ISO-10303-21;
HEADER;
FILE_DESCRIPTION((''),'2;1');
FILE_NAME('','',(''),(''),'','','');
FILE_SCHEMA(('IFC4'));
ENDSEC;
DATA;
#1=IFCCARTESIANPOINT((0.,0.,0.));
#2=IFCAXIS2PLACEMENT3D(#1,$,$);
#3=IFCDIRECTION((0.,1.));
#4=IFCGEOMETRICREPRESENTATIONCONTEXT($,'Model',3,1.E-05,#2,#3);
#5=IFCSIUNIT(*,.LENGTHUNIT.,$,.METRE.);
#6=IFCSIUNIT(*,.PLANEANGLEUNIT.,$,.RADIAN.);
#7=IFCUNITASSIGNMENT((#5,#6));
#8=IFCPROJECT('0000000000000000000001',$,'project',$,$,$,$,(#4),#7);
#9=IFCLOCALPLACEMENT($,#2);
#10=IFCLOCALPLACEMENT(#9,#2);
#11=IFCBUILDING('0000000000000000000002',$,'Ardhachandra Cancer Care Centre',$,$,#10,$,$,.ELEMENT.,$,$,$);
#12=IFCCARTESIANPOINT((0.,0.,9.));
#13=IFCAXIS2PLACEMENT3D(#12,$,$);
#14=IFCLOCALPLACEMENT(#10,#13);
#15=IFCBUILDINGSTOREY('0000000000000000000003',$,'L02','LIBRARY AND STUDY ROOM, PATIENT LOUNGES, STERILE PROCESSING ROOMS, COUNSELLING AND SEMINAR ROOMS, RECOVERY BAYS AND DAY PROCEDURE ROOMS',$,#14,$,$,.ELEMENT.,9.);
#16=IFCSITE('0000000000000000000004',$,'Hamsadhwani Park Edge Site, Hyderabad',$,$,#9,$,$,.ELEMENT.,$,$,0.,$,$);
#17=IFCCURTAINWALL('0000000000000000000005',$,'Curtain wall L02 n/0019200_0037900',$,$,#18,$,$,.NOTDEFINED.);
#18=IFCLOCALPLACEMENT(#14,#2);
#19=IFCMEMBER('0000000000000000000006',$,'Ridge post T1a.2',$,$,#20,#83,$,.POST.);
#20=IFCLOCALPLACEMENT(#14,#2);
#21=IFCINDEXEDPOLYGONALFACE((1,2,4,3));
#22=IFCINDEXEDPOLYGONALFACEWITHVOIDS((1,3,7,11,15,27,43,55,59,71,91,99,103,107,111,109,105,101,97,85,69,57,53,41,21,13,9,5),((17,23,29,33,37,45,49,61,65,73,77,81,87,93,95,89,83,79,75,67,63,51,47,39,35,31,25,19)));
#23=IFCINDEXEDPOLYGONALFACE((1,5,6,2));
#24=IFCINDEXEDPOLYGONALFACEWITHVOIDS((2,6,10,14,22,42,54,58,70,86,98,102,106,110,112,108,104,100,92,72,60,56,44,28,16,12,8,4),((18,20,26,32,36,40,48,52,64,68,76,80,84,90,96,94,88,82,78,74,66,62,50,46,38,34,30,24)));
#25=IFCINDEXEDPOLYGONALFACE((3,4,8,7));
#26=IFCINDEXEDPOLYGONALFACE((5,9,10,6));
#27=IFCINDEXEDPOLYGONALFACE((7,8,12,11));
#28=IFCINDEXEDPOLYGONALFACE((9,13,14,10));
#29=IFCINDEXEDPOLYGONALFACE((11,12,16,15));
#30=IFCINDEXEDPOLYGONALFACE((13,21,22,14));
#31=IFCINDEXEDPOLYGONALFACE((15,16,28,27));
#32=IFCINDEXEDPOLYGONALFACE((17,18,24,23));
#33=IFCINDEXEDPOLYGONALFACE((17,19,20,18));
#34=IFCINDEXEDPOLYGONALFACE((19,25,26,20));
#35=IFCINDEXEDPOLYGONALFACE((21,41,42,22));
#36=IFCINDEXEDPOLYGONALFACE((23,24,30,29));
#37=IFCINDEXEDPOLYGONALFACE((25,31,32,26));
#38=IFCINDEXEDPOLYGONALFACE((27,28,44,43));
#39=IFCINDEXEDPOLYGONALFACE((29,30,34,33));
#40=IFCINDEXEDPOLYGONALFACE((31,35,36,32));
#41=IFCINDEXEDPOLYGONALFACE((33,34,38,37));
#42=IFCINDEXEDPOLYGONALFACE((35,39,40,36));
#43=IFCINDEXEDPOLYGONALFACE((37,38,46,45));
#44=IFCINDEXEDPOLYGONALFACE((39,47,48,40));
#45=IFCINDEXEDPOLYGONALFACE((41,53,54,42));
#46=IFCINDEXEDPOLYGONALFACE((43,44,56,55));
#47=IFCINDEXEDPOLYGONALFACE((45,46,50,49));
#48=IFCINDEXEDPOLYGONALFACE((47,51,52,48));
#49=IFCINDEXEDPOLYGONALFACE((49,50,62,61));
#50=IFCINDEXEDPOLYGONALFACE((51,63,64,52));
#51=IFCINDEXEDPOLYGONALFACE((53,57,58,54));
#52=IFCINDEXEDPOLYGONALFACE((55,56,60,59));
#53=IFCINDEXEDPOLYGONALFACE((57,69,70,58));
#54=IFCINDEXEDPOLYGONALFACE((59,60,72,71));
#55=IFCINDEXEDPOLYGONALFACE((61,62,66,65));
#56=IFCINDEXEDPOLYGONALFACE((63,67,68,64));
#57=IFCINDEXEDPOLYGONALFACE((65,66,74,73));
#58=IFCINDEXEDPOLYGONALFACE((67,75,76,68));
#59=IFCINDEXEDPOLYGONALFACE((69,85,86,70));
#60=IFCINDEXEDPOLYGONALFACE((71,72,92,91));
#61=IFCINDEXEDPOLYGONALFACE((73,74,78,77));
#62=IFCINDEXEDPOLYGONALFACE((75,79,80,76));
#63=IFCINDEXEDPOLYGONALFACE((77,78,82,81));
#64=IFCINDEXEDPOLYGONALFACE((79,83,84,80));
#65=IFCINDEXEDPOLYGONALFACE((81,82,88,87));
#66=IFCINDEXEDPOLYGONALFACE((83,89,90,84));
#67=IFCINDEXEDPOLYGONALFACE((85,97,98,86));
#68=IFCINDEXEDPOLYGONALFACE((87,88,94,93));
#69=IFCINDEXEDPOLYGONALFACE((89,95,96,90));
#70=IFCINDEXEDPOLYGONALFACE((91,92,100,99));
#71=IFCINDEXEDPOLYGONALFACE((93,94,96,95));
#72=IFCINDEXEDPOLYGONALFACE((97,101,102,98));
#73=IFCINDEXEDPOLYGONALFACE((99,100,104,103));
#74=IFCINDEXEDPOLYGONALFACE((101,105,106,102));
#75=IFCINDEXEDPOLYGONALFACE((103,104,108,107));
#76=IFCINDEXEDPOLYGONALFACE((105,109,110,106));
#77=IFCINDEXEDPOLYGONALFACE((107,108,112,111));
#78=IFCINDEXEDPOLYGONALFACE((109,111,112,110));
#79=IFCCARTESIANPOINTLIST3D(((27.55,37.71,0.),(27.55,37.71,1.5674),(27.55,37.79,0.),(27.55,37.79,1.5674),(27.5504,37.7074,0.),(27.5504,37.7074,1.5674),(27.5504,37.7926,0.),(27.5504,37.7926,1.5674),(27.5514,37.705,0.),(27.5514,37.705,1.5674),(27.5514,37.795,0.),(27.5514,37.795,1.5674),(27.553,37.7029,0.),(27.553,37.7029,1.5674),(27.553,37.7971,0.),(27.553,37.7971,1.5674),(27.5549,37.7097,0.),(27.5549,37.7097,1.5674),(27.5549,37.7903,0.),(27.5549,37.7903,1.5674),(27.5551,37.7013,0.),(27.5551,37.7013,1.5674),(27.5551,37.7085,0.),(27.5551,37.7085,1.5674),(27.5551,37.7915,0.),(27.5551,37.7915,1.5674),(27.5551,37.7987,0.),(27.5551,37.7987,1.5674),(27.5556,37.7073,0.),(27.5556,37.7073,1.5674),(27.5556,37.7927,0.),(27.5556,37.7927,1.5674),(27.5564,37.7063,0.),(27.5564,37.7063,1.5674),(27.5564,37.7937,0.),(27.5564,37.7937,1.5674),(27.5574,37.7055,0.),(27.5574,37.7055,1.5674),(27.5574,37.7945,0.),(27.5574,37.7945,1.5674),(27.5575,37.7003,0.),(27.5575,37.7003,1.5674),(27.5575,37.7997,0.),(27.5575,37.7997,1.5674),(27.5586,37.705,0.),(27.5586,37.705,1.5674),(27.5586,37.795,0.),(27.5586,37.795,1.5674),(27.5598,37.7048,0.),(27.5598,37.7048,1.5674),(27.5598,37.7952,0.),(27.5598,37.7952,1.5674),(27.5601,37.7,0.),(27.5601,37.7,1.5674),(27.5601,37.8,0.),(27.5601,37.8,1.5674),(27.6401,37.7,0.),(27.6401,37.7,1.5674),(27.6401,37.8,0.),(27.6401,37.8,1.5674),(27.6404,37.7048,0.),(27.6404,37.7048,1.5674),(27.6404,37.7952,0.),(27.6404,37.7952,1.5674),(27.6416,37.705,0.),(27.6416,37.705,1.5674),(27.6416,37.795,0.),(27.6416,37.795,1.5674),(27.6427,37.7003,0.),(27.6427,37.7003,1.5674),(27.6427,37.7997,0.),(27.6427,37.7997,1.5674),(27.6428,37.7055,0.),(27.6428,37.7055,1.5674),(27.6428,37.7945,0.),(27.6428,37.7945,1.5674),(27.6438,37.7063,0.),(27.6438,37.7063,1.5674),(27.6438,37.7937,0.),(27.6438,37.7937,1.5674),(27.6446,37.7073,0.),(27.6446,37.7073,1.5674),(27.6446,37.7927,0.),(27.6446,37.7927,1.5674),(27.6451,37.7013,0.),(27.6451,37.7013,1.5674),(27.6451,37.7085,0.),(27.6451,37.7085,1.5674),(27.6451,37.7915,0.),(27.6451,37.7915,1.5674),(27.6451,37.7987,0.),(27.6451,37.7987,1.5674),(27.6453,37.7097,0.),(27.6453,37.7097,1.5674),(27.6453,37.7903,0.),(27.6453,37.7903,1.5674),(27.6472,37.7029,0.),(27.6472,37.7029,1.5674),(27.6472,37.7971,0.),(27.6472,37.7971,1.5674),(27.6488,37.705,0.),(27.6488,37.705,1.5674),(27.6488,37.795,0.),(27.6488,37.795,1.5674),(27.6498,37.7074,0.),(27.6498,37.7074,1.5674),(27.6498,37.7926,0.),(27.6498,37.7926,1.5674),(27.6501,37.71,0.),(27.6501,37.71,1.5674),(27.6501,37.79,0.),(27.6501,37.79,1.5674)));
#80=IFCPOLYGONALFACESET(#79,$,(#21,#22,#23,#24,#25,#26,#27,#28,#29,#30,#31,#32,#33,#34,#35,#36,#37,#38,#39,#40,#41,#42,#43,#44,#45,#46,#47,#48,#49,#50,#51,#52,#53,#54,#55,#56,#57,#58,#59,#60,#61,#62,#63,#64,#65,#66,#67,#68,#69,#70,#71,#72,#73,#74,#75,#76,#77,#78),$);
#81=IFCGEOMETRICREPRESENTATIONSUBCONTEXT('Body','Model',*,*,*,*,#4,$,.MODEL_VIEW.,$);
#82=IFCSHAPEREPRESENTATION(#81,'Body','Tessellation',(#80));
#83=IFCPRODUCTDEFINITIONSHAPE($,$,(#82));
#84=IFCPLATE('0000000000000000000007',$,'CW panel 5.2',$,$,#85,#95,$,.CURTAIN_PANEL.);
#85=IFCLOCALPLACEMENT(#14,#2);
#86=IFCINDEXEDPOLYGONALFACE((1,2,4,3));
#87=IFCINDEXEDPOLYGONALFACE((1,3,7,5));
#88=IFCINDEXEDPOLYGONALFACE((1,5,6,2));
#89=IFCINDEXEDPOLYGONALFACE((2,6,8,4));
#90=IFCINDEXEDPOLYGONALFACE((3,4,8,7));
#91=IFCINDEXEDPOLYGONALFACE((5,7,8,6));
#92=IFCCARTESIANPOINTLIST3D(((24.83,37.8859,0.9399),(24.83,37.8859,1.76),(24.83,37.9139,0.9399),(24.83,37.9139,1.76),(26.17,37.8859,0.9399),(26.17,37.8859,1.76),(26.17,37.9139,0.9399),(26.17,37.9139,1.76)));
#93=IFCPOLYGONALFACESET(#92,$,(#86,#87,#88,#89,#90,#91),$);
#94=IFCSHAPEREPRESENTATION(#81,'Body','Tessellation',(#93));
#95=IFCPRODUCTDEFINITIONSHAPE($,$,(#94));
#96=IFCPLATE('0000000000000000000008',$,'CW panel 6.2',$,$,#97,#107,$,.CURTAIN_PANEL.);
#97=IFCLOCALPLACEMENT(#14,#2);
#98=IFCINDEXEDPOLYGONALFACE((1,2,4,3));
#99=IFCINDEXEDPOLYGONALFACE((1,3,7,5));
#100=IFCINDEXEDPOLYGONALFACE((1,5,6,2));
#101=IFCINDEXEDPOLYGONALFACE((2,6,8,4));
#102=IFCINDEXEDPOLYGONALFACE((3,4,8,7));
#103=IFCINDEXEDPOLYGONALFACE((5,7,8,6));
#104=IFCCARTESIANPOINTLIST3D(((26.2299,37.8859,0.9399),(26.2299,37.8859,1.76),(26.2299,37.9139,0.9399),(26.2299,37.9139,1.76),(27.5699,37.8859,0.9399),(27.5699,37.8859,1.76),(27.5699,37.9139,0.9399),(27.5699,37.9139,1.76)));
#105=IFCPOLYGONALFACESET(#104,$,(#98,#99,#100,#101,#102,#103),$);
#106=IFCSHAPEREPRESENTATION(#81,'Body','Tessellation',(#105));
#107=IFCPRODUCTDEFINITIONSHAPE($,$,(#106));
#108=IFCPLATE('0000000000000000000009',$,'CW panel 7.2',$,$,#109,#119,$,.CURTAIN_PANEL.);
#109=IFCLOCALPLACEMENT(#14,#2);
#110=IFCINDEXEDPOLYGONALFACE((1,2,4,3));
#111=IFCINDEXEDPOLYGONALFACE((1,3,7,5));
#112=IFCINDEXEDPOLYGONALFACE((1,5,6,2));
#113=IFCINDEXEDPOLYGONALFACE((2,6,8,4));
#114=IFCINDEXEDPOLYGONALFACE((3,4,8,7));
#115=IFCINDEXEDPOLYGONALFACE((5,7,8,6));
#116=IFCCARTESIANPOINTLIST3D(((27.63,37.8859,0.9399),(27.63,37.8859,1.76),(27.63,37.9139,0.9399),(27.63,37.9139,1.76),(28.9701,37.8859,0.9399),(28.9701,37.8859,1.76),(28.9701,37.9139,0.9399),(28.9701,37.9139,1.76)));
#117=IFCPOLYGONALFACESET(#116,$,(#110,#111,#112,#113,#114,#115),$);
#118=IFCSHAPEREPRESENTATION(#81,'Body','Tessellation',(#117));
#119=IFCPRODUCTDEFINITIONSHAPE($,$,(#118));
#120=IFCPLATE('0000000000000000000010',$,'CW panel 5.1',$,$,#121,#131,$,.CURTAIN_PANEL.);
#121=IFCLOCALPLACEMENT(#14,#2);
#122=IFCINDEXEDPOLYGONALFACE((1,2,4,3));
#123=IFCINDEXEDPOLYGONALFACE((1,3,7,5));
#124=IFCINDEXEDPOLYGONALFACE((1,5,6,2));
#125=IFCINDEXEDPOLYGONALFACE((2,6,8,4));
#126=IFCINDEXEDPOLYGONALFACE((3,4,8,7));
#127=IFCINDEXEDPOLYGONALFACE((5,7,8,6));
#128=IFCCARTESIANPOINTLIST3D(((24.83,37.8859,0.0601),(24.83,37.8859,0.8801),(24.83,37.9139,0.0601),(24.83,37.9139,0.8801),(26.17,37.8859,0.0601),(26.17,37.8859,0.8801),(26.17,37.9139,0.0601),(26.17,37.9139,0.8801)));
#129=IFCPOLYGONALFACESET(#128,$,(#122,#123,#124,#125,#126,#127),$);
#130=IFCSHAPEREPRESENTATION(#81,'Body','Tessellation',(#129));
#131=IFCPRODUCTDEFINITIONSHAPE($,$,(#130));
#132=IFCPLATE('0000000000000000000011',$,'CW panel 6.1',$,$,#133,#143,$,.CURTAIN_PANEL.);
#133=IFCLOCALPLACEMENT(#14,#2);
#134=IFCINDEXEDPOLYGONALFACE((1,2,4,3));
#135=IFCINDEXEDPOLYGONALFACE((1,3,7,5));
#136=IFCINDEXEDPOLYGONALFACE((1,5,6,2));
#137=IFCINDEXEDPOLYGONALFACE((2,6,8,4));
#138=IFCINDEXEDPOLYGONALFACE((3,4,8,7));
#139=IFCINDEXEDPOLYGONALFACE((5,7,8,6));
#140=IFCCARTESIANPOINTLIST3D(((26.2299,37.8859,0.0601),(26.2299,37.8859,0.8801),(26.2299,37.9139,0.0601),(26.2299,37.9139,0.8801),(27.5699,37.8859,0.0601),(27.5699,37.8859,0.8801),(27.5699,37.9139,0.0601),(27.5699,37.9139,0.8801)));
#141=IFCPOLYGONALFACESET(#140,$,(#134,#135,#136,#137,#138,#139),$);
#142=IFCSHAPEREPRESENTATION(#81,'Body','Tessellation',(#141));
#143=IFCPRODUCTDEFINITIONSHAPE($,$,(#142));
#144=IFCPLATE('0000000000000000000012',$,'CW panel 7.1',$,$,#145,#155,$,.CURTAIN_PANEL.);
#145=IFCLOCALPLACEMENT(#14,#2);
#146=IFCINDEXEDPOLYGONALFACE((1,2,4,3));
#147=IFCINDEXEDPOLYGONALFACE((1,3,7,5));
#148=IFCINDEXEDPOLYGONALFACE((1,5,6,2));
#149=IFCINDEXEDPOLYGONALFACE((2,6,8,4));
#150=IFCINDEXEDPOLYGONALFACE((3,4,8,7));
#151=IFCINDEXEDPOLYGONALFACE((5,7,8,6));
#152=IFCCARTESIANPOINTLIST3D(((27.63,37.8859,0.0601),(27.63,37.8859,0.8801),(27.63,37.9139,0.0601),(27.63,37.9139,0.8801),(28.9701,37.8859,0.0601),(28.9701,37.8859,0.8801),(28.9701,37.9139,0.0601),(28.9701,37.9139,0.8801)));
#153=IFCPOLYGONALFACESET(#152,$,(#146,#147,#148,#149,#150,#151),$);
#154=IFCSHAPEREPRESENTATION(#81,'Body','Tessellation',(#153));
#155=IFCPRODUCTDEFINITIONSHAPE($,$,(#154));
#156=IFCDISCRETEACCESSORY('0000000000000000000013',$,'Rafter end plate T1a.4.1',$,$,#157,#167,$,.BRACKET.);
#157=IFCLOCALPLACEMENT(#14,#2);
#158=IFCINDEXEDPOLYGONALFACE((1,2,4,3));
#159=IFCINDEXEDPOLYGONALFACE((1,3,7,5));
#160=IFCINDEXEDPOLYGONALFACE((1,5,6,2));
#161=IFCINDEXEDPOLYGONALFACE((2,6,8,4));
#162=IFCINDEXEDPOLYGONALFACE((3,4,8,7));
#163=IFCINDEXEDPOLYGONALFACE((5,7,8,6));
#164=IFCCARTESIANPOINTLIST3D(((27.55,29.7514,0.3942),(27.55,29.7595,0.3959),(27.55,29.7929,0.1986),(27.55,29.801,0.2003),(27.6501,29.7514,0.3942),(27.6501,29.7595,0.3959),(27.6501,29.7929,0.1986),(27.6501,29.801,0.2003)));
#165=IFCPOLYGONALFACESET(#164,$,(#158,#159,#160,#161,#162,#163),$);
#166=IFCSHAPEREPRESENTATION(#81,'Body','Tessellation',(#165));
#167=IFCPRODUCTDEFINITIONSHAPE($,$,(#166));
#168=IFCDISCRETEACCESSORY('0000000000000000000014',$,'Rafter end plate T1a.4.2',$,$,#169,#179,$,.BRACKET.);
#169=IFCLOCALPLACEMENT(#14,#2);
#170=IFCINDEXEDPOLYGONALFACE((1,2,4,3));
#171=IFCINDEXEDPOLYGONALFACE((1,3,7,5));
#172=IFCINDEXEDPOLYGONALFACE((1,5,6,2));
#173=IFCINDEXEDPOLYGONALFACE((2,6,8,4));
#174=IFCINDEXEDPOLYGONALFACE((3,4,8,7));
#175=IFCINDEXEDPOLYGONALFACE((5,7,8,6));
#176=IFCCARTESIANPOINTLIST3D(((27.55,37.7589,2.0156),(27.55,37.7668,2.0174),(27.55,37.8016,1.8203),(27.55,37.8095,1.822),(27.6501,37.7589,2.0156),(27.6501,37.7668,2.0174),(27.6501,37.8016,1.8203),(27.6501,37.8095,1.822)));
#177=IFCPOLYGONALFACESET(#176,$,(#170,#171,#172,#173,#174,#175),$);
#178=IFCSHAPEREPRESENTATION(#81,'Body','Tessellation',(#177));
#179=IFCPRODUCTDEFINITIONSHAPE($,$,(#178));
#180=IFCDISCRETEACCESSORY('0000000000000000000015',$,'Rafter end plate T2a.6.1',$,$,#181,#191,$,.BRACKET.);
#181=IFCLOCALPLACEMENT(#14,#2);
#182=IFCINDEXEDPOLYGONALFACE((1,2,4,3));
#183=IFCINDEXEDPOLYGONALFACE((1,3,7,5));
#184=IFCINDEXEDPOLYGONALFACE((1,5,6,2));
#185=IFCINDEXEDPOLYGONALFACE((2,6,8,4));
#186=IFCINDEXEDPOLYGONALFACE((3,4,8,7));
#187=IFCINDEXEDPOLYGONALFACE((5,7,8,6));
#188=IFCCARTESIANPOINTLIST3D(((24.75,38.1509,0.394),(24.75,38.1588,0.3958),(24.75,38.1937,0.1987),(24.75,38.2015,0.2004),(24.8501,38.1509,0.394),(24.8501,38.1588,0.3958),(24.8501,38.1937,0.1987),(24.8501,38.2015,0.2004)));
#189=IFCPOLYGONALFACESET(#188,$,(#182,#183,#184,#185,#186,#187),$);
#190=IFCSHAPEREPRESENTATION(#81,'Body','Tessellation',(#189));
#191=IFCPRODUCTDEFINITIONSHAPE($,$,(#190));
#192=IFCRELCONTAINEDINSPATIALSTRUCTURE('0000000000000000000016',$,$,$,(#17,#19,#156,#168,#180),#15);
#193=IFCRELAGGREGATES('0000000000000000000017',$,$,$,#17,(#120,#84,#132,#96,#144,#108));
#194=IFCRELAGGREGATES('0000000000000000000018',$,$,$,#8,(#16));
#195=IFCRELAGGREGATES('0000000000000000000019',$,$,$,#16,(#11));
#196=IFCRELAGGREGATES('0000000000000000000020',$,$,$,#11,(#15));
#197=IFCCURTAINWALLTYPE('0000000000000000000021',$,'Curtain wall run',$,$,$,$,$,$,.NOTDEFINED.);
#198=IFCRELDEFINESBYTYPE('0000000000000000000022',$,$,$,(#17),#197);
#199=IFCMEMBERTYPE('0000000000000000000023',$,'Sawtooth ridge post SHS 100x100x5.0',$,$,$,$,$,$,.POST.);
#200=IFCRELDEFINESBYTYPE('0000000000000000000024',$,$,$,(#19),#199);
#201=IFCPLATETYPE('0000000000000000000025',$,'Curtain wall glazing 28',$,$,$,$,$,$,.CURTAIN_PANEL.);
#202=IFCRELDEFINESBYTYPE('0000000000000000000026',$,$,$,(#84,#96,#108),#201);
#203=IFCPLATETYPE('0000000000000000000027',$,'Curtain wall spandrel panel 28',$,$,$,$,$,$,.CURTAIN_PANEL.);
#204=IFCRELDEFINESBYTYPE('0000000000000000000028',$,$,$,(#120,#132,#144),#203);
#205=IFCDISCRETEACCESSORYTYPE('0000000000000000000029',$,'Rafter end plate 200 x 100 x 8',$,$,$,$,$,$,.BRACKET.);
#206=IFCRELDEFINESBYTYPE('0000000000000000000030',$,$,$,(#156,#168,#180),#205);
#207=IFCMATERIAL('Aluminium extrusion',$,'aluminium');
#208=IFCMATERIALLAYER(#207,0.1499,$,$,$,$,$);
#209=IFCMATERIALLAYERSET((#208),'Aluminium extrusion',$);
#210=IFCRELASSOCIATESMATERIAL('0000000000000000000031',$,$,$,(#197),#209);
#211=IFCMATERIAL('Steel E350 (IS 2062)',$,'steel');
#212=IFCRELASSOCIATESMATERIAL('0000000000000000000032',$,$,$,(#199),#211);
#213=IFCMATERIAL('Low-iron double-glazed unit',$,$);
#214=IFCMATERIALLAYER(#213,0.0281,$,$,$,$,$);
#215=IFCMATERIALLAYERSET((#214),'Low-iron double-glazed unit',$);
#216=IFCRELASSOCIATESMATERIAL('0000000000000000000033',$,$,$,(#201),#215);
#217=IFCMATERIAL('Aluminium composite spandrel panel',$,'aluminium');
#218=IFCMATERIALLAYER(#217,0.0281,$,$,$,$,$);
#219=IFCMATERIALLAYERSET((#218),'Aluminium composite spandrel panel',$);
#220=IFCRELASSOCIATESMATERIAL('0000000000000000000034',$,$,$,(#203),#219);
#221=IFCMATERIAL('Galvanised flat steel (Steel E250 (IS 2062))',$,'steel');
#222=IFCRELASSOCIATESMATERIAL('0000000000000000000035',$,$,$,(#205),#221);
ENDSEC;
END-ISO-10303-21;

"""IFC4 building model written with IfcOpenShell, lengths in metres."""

from ifc_helpers import new_model, si_unit, direction, frame, origin, origin_2d, place, context, subcontext, project, spatial, rectangle, hollow_rectangle, extrude, material, layer, layer_set, material_profile, profile_set, type_object, element, aggregate, save


model = new_model("IFC4")

# Units and contexts
model_context = context("Model", 3, precision=1e-05, world=origin(), true_north=direction((0.0, 1.0)))
body_context = subcontext(model_context, "Body", "Model", "MODEL_VIEW")
ifc_project = project(units=[si_unit("LENGTHUNIT", "METRE"), si_unit("PLANEANGLEUNIT", "RADIAN")], contexts=[model_context])

# Site, building, storey
site_placement = place(None, origin())
site = spatial("IfcSite", under=ifc_project, at=site_placement, Name="Hamsadhwani Park Edge Site, Hyderabad", CompositionType="ELEMENT", RefElevation=0.0)
building_placement = place(site_placement, origin())
building = spatial("IfcBuilding", under=site, at=building_placement, Name="Ardhachandra Cancer Care Centre", CompositionType="ELEMENT")
storey_placement = place(building_placement, frame((0.0, 0.0, 9.0)))
storey = spatial("IfcBuildingStorey", under=building, at=storey_placement, Name="L02", Description="LIBRARY AND STUDY ROOM, PATIENT LOUNGES, STERILE PROCESSING ROOMS, COUNSELLING AND SEMINAR ROOMS, RECOVERY BAYS AND DAY PROCEDURE ROOMS", CompositionType="ELEMENT", Elevation=9.0)

# Curtain wall
ifc_material_1 = material(Name="Aluminium extrusion", Category="aluminium")
ifc_layer_1 = layer(ifc_material_1, 0.1499)
ifc_layer_set_1 = layer_set([ifc_layer_1], Name="Aluminium extrusion")
curtain_wall_type = type_object("IfcCurtainWallType", Name="Curtain wall run", PredefinedType="NOTDEFINED", material=ifc_layer_set_1)
curtain_wall_placement = place(storey_placement, origin())
curtain_wall = element("IfcCurtainWall", 1, at=curtain_wall_placement, inside=storey, type_object=curtain_wall_type, Name="Curtain wall L02 n/0019200_0037900", PredefinedType="NOTDEFINED")

# Member
ifc_material_2 = material(Name="Steel E350 (IS 2062)", Category="steel")
ifc_material_profile_1 = material_profile(ifc_material_2, hollow_rectangle(XDim=0.1001, YDim=0.1001, WallThickness=0.0049, InnerFilletRadius=0.0049, OuterFilletRadius=0.01, at=origin_2d()), Name="SHS 100x100x5.0")
ifc_profile_set_1 = profile_set([ifc_material_profile_1], Name="Steel E350 (IS 2062)")
member_type_1 = type_object("IfcMemberType", Name="Sawtooth ridge post SHS 100x100x5.0", PredefinedType="POST", material=ifc_profile_set_1)
member_1_placement = place(storey_placement, frame((27.6001, 37.75, 0.0), z_axis=(0.0, 0.0, 1.0), x_axis=(1.0, 0.0, 0.0)))
element("IfcMember", 2, at=member_1_placement, inside=storey, type_object=member_type_1, Name="Ridge post T1a.2", PredefinedType="POST", context=body_context, shape_type="SweptSolid", body=[
    extrude(hollow_rectangle(XDim=0.1001, YDim=0.1001, WallThickness=0.0049, InnerFilletRadius=0.0049, OuterFilletRadius=0.01, at=origin_2d()), origin(), (0.0, 0.0, 1.0), 1.5674),
])

# Plates
ifc_material_3 = material(Name="Low-iron double-glazed unit")
ifc_layer_2 = layer(ifc_material_3, 0.0281)
ifc_layer_set_2 = layer_set([ifc_layer_2], Name="Low-iron double-glazed unit")
plate_type_1 = type_object("IfcPlateType", Name="Curtain wall glazing 28", PredefinedType="CURTAIN_PANEL", material=ifc_layer_set_2)
plate_1_placement = place(storey_placement, frame((25.5, 37.8999, 0.9399), z_axis=(0.0, 0.0, 1.0), x_axis=(1.0, 0.0, 0.0)))
plate_1 = element("IfcPlate", 3, at=plate_1_placement, type_object=plate_type_1, Name="CW panel 5.2", PredefinedType="CURTAIN_PANEL", context=body_context, shape_type="SweptSolid", body=[
    extrude(rectangle(XDim=1.3401, YDim=0.0281, at=origin_2d()), origin(), (0.0, 0.0, 1.0), 0.8201),
])
plate_2_placement = place(storey_placement, frame((26.8999, 37.8999, 0.9399), z_axis=(0.0, 0.0, 1.0), x_axis=(1.0, 0.0, 0.0)))
plate_2 = element("IfcPlate", 4, at=plate_2_placement, type_object=plate_type_1, Name="CW panel 6.2", PredefinedType="CURTAIN_PANEL", context=body_context, shape_type="SweptSolid", body=[
    extrude(rectangle(XDim=1.3401, YDim=0.0281, at=origin_2d()), origin(), (0.0, 0.0, 1.0), 0.8201),
])
plate_3_placement = place(storey_placement, frame((28.3, 37.8999, 0.9399), z_axis=(0.0, 0.0, 1.0), x_axis=(1.0, 0.0, 0.0)))
plate_3 = element("IfcPlate", 5, at=plate_3_placement, type_object=plate_type_1, Name="CW panel 7.2", PredefinedType="CURTAIN_PANEL", context=body_context, shape_type="SweptSolid", body=[
    extrude(rectangle(XDim=1.3401, YDim=0.0281, at=origin_2d()), origin(), (0.0, 0.0, 1.0), 0.8201),
])
ifc_material_4 = material(Name="Aluminium composite spandrel panel", Category="aluminium")
ifc_layer_3 = layer(ifc_material_4, 0.0281)
ifc_layer_set_3 = layer_set([ifc_layer_3], Name="Aluminium composite spandrel panel")
plate_type_2 = type_object("IfcPlateType", Name="Curtain wall spandrel panel 28", PredefinedType="CURTAIN_PANEL", material=ifc_layer_set_3)
plate_4_placement = place(storey_placement, frame((25.5, 37.8999, 0.0601), z_axis=(0.0, 0.0, 1.0), x_axis=(1.0, 0.0, 0.0)))
plate_4 = element("IfcPlate", 6, at=plate_4_placement, type_object=plate_type_2, Name="CW panel 5.1", PredefinedType="CURTAIN_PANEL", context=body_context, shape_type="SweptSolid", body=[
    extrude(rectangle(XDim=1.3401, YDim=0.0281, at=origin_2d()), origin(), (0.0, 0.0, 1.0), 0.8201),
])
plate_5_placement = place(storey_placement, frame((26.8999, 37.8999, 0.0601), z_axis=(0.0, 0.0, 1.0), x_axis=(1.0, 0.0, 0.0)))
plate_5 = element("IfcPlate", 7, at=plate_5_placement, type_object=plate_type_2, Name="CW panel 6.1", PredefinedType="CURTAIN_PANEL", context=body_context, shape_type="SweptSolid", body=[
    extrude(rectangle(XDim=1.3401, YDim=0.0281, at=origin_2d()), origin(), (0.0, 0.0, 1.0), 0.8201),
])
plate_6_placement = place(storey_placement, frame((28.3, 37.8999, 0.0601), z_axis=(0.0, 0.0, 1.0), x_axis=(1.0, 0.0, 0.0)))
plate_6 = element("IfcPlate", 8, at=plate_6_placement, type_object=plate_type_2, Name="CW panel 7.1", PredefinedType="CURTAIN_PANEL", context=body_context, shape_type="SweptSolid", body=[
    extrude(rectangle(XDim=1.3401, YDim=0.0281, at=origin_2d()), origin(), (0.0, 0.0, 1.0), 0.8201),
])
aggregate(curtain_wall, [plate_4, plate_1, plate_5, plate_2, plate_6, plate_3])

# Discrete accessories
ifc_material_5 = material(Name="Galvanised flat steel (Steel E250 (IS 2062))", Category="steel")
ifc_material_profile_2 = material_profile(ifc_material_5, rectangle(XDim=0.1001, YDim=0.2, at=origin_2d()), Name="Rafter end plate 200 x 100 x 8")
ifc_profile_set_2 = profile_set([ifc_material_profile_2], Name="Galvanised flat steel (Steel E250 (IS 2062))")
discrete_accessory_type = type_object("IfcDiscreteAccessoryType", Name="Rafter end plate 200 x 100 x 8", PredefinedType="BRACKET", material=ifc_profile_set_2)
discrete_accessory_placement = place(storey_placement, frame((27.6001, 29.7803, 0.2981), z_axis=(0.0, -0.978234, -0.207504), x_axis=(1.0, 0.0, 0.0)))
element("IfcDiscreteAccessory", 9, at=discrete_accessory_placement, inside=storey, type_object=discrete_accessory_type, Name="Rafter end plate T1a.4.1", PredefinedType="BRACKET", context=body_context, shape_type="SweptSolid", body=[
    extrude(rectangle(XDim=0.1001, YDim=0.2, at=origin_2d()), origin(), (0.0, 0.0, 1.0), 0.0083),
])
for number, where, z_axis, x_axis, name in (
    (10, (27.6001, 37.7803, 1.918), (0.0, 0.9769, 0.213697), (-1.0, 0.0, 0.0), "Rafter end plate T1a.4.2"),
    (11, (24.8, 38.1802, 0.2981), (0.0, -0.9769, -0.213697), (1.0, 0.0, 0.0), "Rafter end plate T2a.6.1"),
):
    element("IfcDiscreteAccessory", number, at=place(storey_placement, frame(where, z_axis=z_axis, x_axis=x_axis)), inside=storey, type_object=discrete_accessory_type, Name=name, PredefinedType="BRACKET", context=body_context, shape_type="SweptSolid", body=[
        extrude(rectangle(XDim=0.1001, YDim=0.2, at=origin_2d()), origin(), (0.0, 0.0, 1.0), 0.0081),
    ])

save(model, "model.ifc")
